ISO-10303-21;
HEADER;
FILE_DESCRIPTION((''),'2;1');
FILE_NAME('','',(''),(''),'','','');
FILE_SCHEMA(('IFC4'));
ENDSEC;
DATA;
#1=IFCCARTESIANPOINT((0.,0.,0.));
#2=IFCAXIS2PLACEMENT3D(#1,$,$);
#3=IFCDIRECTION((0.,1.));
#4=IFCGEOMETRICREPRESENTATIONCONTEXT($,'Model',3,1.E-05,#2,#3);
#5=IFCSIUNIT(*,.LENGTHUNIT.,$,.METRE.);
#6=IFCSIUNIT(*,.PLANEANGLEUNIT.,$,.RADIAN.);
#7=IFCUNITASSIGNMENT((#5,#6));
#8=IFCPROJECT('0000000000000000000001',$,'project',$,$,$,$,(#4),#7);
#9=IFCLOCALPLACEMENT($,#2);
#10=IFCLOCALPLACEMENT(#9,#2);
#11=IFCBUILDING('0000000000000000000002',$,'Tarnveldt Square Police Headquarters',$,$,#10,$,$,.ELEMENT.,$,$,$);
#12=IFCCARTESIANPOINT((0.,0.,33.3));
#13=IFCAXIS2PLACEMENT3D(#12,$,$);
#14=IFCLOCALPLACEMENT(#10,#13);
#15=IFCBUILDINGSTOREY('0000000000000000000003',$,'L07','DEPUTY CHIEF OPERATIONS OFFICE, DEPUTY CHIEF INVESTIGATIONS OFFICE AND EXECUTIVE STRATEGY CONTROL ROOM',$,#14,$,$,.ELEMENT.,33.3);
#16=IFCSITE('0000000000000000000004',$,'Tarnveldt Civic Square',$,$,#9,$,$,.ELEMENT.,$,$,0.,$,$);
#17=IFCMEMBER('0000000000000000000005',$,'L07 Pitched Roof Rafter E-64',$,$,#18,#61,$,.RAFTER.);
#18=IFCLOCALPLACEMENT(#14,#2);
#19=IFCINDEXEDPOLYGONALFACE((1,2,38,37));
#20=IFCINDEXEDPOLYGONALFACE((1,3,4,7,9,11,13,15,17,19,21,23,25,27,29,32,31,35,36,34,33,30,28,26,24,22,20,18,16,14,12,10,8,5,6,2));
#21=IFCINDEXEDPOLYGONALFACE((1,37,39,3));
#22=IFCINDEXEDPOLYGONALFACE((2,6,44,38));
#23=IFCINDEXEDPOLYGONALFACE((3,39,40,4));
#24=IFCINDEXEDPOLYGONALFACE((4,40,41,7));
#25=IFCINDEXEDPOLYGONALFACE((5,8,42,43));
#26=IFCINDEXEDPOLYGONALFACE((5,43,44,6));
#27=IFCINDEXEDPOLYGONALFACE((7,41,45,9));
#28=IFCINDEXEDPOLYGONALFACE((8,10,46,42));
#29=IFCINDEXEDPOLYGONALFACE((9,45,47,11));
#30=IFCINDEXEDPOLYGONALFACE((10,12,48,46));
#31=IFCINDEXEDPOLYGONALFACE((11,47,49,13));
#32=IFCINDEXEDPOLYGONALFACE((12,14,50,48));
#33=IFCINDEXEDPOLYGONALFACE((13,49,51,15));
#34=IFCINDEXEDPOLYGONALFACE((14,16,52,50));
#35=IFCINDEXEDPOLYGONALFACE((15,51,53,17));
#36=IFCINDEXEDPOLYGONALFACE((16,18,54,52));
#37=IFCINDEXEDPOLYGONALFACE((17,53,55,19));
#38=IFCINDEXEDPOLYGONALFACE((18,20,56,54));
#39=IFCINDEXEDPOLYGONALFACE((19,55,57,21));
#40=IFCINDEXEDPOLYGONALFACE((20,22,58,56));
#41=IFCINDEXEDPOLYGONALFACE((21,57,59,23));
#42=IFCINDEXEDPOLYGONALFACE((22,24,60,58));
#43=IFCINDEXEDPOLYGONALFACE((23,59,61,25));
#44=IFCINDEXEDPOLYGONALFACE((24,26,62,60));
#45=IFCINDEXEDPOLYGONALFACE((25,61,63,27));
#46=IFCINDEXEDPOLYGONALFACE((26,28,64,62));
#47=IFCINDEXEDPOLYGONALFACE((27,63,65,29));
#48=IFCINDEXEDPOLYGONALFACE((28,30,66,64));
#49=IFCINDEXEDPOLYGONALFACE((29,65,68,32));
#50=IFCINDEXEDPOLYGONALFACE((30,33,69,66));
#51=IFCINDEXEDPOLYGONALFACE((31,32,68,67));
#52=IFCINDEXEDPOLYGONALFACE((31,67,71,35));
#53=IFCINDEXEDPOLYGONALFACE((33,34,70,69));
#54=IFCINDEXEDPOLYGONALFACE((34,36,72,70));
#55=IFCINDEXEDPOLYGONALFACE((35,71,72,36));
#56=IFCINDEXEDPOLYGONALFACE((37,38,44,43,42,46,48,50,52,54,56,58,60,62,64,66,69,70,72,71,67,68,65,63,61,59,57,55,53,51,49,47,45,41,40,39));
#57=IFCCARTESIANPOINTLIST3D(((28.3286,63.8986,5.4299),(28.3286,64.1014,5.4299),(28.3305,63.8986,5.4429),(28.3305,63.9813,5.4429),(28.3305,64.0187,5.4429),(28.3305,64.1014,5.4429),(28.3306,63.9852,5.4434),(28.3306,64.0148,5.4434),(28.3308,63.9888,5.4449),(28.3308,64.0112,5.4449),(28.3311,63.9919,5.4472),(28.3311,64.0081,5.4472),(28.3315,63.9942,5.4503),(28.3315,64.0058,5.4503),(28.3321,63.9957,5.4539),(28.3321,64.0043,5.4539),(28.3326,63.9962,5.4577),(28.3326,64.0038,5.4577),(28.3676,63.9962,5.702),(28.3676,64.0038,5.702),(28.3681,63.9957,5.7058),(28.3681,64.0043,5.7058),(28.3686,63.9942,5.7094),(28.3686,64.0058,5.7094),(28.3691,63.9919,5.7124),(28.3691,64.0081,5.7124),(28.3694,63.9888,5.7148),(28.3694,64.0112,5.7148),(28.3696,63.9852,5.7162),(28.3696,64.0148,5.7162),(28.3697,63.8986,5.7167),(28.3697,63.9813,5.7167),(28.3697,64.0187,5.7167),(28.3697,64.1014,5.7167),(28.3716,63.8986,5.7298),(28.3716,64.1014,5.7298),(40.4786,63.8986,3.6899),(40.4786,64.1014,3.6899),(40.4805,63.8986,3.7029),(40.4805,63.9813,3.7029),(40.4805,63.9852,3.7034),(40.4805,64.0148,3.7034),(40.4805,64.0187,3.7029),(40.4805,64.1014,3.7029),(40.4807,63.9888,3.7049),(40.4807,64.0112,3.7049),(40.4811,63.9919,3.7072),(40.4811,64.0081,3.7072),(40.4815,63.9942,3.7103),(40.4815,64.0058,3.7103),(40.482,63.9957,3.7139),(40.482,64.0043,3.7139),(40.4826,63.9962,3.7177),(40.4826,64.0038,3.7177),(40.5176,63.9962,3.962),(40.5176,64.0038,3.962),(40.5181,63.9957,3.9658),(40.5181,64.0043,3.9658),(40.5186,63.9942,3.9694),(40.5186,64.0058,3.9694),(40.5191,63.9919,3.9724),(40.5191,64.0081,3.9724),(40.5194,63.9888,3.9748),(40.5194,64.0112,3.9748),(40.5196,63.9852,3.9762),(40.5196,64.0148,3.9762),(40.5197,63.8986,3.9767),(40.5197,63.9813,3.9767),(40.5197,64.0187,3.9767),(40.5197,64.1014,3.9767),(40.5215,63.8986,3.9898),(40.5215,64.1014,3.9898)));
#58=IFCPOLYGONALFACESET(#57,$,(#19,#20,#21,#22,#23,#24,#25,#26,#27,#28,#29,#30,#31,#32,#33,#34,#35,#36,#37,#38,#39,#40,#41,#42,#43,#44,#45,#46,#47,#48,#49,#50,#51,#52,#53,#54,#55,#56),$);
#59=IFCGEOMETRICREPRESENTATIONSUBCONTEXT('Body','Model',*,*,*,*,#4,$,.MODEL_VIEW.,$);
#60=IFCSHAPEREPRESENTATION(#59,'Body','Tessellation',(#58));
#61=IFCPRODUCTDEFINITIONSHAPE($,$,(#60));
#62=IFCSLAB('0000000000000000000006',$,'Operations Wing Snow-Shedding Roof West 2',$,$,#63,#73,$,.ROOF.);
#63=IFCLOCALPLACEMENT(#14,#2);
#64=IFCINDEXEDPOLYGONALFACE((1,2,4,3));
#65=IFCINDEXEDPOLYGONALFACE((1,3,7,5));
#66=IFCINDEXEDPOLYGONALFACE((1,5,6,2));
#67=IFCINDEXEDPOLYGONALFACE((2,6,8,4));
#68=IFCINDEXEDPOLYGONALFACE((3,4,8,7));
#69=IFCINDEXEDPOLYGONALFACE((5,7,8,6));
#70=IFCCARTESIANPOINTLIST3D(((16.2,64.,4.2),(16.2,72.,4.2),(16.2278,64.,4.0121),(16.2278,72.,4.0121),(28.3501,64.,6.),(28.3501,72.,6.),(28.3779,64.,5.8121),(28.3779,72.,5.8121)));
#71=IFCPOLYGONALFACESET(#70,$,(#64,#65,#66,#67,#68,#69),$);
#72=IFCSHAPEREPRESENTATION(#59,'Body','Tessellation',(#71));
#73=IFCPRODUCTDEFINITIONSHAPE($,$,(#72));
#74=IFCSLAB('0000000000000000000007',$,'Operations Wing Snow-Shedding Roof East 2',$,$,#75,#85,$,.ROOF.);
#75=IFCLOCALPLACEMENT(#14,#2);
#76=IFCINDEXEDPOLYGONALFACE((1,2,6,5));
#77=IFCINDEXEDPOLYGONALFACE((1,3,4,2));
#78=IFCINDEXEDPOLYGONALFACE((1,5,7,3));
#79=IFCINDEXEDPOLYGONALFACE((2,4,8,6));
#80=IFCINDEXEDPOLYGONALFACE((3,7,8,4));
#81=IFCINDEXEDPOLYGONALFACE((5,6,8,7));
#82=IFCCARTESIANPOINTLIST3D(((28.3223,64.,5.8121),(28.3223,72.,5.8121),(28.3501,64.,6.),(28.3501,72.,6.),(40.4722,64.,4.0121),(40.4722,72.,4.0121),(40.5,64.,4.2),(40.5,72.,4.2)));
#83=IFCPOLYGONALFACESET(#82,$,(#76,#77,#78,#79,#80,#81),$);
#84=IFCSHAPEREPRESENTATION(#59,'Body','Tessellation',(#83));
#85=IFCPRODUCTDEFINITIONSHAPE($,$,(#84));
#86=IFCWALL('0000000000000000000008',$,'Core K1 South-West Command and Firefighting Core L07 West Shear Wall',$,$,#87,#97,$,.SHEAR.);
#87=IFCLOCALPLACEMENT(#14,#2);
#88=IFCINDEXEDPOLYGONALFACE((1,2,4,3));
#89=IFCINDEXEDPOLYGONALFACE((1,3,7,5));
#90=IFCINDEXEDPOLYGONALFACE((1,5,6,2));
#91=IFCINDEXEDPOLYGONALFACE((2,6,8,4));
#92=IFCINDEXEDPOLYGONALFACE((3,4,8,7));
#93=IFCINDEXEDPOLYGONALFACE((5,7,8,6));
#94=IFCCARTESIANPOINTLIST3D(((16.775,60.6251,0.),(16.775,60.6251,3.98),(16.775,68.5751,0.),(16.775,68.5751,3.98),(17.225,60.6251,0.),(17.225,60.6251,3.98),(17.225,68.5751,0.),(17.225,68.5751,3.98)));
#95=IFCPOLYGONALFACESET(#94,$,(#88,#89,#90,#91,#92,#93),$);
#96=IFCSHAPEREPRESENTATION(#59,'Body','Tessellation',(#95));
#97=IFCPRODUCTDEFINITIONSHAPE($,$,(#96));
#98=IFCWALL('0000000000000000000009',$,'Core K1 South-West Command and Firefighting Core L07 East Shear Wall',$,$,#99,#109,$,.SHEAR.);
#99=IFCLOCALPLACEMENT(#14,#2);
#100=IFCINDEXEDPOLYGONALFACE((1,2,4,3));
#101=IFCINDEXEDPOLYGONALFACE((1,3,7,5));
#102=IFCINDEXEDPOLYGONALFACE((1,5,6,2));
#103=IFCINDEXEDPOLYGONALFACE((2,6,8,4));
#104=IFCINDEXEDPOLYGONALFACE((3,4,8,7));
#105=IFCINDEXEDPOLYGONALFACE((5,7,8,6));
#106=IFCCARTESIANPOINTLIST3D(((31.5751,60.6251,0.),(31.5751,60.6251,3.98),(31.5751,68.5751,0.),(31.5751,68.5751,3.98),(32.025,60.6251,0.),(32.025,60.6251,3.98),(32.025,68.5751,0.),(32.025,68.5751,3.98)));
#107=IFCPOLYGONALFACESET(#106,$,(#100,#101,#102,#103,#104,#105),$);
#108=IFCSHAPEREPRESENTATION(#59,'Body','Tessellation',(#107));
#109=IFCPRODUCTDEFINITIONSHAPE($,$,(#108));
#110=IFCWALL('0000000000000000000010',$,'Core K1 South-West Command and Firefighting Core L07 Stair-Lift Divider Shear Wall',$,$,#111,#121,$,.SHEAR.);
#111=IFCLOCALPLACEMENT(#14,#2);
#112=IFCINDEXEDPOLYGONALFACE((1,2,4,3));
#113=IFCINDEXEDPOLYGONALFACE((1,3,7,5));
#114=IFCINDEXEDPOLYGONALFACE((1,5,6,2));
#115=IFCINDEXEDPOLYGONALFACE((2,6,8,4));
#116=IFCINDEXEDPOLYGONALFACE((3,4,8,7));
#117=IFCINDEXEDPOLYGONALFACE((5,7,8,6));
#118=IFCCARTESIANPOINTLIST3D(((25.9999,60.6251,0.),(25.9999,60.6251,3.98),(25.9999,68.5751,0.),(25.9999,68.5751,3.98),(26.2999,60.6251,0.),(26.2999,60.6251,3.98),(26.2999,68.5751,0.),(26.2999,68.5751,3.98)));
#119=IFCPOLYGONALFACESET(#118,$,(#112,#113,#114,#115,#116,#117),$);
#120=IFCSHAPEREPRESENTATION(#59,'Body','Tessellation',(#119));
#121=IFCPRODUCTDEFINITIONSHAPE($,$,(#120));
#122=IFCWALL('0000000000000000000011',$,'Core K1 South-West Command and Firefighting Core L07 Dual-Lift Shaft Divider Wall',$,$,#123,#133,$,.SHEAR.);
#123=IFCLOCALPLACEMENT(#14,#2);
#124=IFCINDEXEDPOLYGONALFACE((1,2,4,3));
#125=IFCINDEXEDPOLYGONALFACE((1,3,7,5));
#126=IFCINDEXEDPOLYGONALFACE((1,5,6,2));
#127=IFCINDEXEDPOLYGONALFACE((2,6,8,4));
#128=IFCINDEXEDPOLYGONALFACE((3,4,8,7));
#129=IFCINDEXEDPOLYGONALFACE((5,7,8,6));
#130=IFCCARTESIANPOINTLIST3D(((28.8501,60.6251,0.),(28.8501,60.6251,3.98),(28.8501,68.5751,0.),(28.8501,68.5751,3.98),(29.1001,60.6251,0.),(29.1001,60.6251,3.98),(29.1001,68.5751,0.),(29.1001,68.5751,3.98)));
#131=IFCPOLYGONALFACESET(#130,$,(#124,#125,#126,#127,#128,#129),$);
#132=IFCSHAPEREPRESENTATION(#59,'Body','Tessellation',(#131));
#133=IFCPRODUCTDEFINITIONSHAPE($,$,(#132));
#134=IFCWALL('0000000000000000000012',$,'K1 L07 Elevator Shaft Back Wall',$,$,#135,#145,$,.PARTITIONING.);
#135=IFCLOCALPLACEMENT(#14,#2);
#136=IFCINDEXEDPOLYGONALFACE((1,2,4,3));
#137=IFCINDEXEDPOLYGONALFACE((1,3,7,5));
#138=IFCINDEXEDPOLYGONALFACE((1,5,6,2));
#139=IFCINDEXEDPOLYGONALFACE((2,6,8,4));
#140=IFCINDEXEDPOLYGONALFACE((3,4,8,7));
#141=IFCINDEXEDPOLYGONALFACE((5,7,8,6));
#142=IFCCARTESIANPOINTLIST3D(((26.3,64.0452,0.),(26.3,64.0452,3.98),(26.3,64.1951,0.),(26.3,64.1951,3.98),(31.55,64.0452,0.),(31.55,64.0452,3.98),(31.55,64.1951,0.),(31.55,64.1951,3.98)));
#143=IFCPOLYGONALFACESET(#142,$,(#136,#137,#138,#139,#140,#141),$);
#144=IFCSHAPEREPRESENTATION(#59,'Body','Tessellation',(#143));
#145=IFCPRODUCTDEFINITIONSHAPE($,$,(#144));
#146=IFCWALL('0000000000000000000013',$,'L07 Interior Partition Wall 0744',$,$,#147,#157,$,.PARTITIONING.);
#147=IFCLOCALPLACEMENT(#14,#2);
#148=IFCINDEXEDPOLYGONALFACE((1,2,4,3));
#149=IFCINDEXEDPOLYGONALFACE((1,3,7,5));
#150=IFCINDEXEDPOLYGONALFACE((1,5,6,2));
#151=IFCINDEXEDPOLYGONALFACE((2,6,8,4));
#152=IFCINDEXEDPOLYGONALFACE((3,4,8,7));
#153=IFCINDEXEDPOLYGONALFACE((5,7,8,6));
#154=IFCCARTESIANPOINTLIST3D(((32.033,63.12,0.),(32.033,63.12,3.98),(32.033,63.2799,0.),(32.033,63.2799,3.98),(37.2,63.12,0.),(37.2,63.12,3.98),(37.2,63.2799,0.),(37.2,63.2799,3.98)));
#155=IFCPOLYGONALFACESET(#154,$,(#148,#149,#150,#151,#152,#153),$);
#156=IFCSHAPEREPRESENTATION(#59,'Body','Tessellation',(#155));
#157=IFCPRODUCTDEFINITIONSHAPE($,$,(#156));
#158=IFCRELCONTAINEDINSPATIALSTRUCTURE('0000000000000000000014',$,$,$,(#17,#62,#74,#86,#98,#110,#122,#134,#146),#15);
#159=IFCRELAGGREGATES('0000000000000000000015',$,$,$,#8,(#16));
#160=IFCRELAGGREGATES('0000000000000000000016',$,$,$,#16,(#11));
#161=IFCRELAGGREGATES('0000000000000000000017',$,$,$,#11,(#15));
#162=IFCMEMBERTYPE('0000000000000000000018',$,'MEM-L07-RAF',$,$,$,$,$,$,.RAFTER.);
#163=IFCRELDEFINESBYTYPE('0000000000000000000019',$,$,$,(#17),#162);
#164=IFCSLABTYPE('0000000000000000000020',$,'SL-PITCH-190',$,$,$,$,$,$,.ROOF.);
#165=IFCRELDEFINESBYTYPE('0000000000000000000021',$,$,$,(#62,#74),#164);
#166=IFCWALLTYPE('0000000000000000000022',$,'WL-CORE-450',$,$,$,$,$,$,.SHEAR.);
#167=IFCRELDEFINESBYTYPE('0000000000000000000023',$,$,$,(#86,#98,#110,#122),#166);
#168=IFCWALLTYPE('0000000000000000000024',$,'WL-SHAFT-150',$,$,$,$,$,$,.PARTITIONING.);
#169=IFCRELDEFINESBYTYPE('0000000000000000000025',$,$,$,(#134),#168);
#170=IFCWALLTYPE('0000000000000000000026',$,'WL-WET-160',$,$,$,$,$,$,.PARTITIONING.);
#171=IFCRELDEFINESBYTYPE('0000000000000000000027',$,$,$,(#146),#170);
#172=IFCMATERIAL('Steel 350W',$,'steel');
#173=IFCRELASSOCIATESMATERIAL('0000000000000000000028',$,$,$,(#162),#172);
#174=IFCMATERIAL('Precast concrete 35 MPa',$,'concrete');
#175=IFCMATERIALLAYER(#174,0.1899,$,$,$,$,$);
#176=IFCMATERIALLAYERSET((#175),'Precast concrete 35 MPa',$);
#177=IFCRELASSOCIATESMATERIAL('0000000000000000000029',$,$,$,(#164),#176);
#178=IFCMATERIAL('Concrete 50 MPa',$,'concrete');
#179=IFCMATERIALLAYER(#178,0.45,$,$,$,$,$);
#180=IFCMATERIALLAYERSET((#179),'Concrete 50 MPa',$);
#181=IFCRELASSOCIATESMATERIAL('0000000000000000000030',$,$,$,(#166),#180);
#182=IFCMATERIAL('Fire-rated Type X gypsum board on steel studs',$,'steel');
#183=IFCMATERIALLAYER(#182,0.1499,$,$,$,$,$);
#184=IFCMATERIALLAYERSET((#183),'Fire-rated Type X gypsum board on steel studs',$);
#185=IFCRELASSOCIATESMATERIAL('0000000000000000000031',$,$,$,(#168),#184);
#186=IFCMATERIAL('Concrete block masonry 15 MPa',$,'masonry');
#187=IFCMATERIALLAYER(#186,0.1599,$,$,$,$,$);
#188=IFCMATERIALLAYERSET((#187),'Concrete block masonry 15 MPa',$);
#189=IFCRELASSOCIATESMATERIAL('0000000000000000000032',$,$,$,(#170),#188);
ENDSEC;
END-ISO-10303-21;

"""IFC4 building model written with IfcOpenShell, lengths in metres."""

from ifc_helpers import new_model, si_unit, direction, frame, frame_2d, origin, origin_2d, place, context, subcontext, project, spatial, polyline, rectangle, i_section, outline, extrude, material, layer, layer_set, material_profile, profile_set, type_object, element, save


model = new_model("IFC4")

# Units and contexts
model_context = context("Model", 3, precision=1e-05, world=origin(), true_north=direction((0.0, 1.0)))
body_context = subcontext(model_context, "Body", "Model", "MODEL_VIEW")
ifc_project = project(units=[si_unit("LENGTHUNIT", "METRE"), si_unit("PLANEANGLEUNIT", "RADIAN")], contexts=[model_context])

# Site, building, storey
site_placement = place(None, origin())
site = spatial("IfcSite", under=ifc_project, at=site_placement, Name="Tarnveldt Civic Square", CompositionType="ELEMENT", RefElevation=0.0)
building_placement = place(site_placement, origin())
building = spatial("IfcBuilding", under=site, at=building_placement, Name="Tarnveldt Square Police Headquarters", CompositionType="ELEMENT")
storey_placement = place(building_placement, frame((0.0, 0.0, 33.3)))
storey = spatial("IfcBuildingStorey", under=building, at=storey_placement, Name="L07", Description="DEPUTY CHIEF OPERATIONS OFFICE, DEPUTY CHIEF INVESTIGATIONS OFFICE AND EXECUTIVE STRATEGY CONTROL ROOM", CompositionType="ELEMENT", Elevation=33.3)

# Shared definitions
ifc_material_1 = material(Name="Steel 350W", Category="steel")

# Member
ifc_material_profile_1 = material_profile(ifc_material_1, i_section(OverallWidth=0.2029, OverallDepth=0.303, WebThickness=0.0076, FlangeThickness=0.0132, FilletRadius=0.0149, at=origin_2d()), Name="W310x60")
ifc_profile_set_1 = profile_set([ifc_material_profile_1], Name="Steel 350W")
member_type_1 = type_object("IfcMemberType", Name="MEM-L07-RAF", PredefinedType="RAFTER", material=ifc_profile_set_1)
member_1_placement = place(storey_placement, frame((28.3501, 64.0, 5.5798), z_axis=(0.989901, 0.0, -0.141764), x_axis=(0.0, 1.0, 0.0)))
element("IfcMember", 1, at=member_1_placement, inside=storey, type_object=member_type_1, Name="L07 Pitched Roof Rafter E-64", PredefinedType="RAFTER", context=body_context, shape_type="SweptSolid", body=[
    extrude(i_section(OverallWidth=0.2029, OverallDepth=0.303, WebThickness=0.0076, FlangeThickness=0.0132, FilletRadius=0.0149, at=origin_2d()), origin(), (0.0, 0.0, 1.0), 12.2739),
])

# Slabs
ifc_material_2 = material(Name="Precast concrete 35 MPa", Category="concrete")
ifc_layer_1 = layer(ifc_material_2, 0.1899)
ifc_layer_set_1 = layer_set([ifc_layer_1], Name="Precast concrete 35 MPa")
slab_type = type_object("IfcSlabType", Name="SL-PITCH-190", PredefinedType="ROOF", material=ifc_layer_set_1)
slab_1_placement = place(storey_placement, frame((16.2, 64.0, 4.2), z_axis=(-0.146551, 0.0, 0.989203), x_axis=(0.0, 1.0, 0.0)))
element("IfcSlab", 2, at=slab_1_placement, inside=storey, type_object=slab_type, Name="Operations Wing Snow-Shedding Roof West 2", PredefinedType="ROOF", context=body_context, shape_type="SweptSolid", body=[
    extrude(outline(polyline([(0.0, 0.0), (8.0, 0.0), (8.0, -12.2828), (0.0, -12.2828), (0.0, 0.0)])), origin(), (0.0, 0.0, -1.0), 0.1899),
])
slab_2_placement = place(storey_placement, frame((28.3501, 64.0, 6.0), z_axis=(0.146554, 0.0, 0.989203), x_axis=(0.0, 1.0, 0.0)))
element("IfcSlab", 3, at=slab_2_placement, inside=storey, type_object=slab_type, Name="Operations Wing Snow-Shedding Roof East 2", PredefinedType="ROOF", context=body_context, shape_type="SweptSolid", body=[
    extrude(outline(polyline([(0.0, 0.0), (8.0, 0.0), (8.0, -12.2825), (0.0, -12.2825), (0.0, 0.0)])), origin(), (0.0, 0.0, -1.0), 0.1899),
])

# Walls
ifc_material_3 = material(Name="Concrete 50 MPa", Category="concrete")
ifc_layer_2 = layer(ifc_material_3, 0.45)
ifc_layer_set_2 = layer_set([ifc_layer_2], Name="Concrete 50 MPa")
wall_type_1 = type_object("IfcWallType", Name="WL-CORE-450", PredefinedType="SHEAR", material=ifc_layer_set_2)
for number, where, z_axis, x_axis, name in (
    (4, (17.0, 60.625, 0.0), (0.0, 0.0, 1.0), (0.0, 1.0, 0.0), "Core K1 South-West Command and Firefighting Core L07 West Shear Wall"),
    (5, (31.8, 60.625, 0.0), (0.0, 0.0, 1.0), (0.0, 1.0, 0.0), "Core K1 South-West Command and Firefighting Core L07 East Shear Wall"),
):
    element("IfcWall", number, at=place(storey_placement, frame(where, z_axis=z_axis, x_axis=x_axis)), inside=storey, type_object=wall_type_1, Name=name, PredefinedType="SHEAR", context=body_context, shape_type="SweptSolid", body=[
        extrude(rectangle(XDim=7.95, YDim=0.45, at=frame_2d((3.9751, 0.0))), origin(), (0.0, 0.0, 1.0), 3.98),
    ])
wall_1_placement = place(storey_placement, frame((26.1499, 60.625, 0.0), z_axis=(0.0, 0.0, 1.0), x_axis=(0.0, 1.0, 0.0)))
element("IfcWall", 6, at=wall_1_placement, inside=storey, type_object=wall_type_1, Name="Core K1 South-West Command and Firefighting Core L07 Stair-Lift Divider Shear Wall", PredefinedType="SHEAR", context=body_context, shape_type="SweptSolid", body=[
    extrude(rectangle(XDim=7.95, YDim=0.3, at=frame_2d((3.9751, 0.0))), origin(), (0.0, 0.0, 1.0), 3.98),
])
wall_2_placement = place(storey_placement, frame((28.9751, 60.625, 0.0), z_axis=(0.0, 0.0, 1.0), x_axis=(0.0, 1.0, 0.0)))
element("IfcWall", 7, at=wall_2_placement, inside=storey, type_object=wall_type_1, Name="Core K1 South-West Command and Firefighting Core L07 Dual-Lift Shaft Divider Wall", PredefinedType="SHEAR", context=body_context, shape_type="SweptSolid", body=[
    extrude(rectangle(XDim=7.95, YDim=0.25, at=frame_2d((3.9751, 0.0))), origin(), (0.0, 0.0, 1.0), 3.98),
])
ifc_material_4 = material(Name="Fire-rated Type X gypsum board on steel studs", Category="steel")
ifc_layer_3 = layer(ifc_material_4, 0.1499)
ifc_layer_set_3 = layer_set([ifc_layer_3], Name="Fire-rated Type X gypsum board on steel studs")
wall_type_2 = type_object("IfcWallType", Name="WL-SHAFT-150", PredefinedType="PARTITIONING", material=ifc_layer_set_3)
wall_3_placement = place(storey_placement, frame((26.3, 64.1201, 0.0), z_axis=(0.0, 0.0, 1.0), x_axis=(1.0, 0.0, 0.0)))
element("IfcWall", 8, at=wall_3_placement, inside=storey, type_object=wall_type_2, Name="K1 L07 Elevator Shaft Back Wall", PredefinedType="PARTITIONING", context=body_context, shape_type="SweptSolid", body=[
    extrude(rectangle(XDim=5.25, YDim=0.1499, at=frame_2d((2.625, 0.0))), origin(), (0.0, 0.0, 1.0), 3.98),
])
ifc_material_5 = material(Name="Concrete block masonry 15 MPa", Category="masonry")
ifc_layer_4 = layer(ifc_material_5, 0.1599)
ifc_layer_set_4 = layer_set([ifc_layer_4], Name="Concrete block masonry 15 MPa")
wall_type_3 = type_object("IfcWallType", Name="WL-WET-160", PredefinedType="PARTITIONING", material=ifc_layer_set_4)
wall_4_placement = place(storey_placement, frame((32.033, 63.2, 0.0), z_axis=(0.0, 0.0, 1.0), x_axis=(1.0, 0.0, 0.0)))
element("IfcWall", 9, at=wall_4_placement, inside=storey, type_object=wall_type_3, Name="L07 Interior Partition Wall 0744", PredefinedType="PARTITIONING", context=body_context, shape_type="SweptSolid", body=[
    extrude(rectangle(XDim=5.167, YDim=0.1599, at=frame_2d((2.5835, 0.0))), origin(), (0.0, 0.0, 1.0), 3.98),
])

save(model, "model.ifc")
